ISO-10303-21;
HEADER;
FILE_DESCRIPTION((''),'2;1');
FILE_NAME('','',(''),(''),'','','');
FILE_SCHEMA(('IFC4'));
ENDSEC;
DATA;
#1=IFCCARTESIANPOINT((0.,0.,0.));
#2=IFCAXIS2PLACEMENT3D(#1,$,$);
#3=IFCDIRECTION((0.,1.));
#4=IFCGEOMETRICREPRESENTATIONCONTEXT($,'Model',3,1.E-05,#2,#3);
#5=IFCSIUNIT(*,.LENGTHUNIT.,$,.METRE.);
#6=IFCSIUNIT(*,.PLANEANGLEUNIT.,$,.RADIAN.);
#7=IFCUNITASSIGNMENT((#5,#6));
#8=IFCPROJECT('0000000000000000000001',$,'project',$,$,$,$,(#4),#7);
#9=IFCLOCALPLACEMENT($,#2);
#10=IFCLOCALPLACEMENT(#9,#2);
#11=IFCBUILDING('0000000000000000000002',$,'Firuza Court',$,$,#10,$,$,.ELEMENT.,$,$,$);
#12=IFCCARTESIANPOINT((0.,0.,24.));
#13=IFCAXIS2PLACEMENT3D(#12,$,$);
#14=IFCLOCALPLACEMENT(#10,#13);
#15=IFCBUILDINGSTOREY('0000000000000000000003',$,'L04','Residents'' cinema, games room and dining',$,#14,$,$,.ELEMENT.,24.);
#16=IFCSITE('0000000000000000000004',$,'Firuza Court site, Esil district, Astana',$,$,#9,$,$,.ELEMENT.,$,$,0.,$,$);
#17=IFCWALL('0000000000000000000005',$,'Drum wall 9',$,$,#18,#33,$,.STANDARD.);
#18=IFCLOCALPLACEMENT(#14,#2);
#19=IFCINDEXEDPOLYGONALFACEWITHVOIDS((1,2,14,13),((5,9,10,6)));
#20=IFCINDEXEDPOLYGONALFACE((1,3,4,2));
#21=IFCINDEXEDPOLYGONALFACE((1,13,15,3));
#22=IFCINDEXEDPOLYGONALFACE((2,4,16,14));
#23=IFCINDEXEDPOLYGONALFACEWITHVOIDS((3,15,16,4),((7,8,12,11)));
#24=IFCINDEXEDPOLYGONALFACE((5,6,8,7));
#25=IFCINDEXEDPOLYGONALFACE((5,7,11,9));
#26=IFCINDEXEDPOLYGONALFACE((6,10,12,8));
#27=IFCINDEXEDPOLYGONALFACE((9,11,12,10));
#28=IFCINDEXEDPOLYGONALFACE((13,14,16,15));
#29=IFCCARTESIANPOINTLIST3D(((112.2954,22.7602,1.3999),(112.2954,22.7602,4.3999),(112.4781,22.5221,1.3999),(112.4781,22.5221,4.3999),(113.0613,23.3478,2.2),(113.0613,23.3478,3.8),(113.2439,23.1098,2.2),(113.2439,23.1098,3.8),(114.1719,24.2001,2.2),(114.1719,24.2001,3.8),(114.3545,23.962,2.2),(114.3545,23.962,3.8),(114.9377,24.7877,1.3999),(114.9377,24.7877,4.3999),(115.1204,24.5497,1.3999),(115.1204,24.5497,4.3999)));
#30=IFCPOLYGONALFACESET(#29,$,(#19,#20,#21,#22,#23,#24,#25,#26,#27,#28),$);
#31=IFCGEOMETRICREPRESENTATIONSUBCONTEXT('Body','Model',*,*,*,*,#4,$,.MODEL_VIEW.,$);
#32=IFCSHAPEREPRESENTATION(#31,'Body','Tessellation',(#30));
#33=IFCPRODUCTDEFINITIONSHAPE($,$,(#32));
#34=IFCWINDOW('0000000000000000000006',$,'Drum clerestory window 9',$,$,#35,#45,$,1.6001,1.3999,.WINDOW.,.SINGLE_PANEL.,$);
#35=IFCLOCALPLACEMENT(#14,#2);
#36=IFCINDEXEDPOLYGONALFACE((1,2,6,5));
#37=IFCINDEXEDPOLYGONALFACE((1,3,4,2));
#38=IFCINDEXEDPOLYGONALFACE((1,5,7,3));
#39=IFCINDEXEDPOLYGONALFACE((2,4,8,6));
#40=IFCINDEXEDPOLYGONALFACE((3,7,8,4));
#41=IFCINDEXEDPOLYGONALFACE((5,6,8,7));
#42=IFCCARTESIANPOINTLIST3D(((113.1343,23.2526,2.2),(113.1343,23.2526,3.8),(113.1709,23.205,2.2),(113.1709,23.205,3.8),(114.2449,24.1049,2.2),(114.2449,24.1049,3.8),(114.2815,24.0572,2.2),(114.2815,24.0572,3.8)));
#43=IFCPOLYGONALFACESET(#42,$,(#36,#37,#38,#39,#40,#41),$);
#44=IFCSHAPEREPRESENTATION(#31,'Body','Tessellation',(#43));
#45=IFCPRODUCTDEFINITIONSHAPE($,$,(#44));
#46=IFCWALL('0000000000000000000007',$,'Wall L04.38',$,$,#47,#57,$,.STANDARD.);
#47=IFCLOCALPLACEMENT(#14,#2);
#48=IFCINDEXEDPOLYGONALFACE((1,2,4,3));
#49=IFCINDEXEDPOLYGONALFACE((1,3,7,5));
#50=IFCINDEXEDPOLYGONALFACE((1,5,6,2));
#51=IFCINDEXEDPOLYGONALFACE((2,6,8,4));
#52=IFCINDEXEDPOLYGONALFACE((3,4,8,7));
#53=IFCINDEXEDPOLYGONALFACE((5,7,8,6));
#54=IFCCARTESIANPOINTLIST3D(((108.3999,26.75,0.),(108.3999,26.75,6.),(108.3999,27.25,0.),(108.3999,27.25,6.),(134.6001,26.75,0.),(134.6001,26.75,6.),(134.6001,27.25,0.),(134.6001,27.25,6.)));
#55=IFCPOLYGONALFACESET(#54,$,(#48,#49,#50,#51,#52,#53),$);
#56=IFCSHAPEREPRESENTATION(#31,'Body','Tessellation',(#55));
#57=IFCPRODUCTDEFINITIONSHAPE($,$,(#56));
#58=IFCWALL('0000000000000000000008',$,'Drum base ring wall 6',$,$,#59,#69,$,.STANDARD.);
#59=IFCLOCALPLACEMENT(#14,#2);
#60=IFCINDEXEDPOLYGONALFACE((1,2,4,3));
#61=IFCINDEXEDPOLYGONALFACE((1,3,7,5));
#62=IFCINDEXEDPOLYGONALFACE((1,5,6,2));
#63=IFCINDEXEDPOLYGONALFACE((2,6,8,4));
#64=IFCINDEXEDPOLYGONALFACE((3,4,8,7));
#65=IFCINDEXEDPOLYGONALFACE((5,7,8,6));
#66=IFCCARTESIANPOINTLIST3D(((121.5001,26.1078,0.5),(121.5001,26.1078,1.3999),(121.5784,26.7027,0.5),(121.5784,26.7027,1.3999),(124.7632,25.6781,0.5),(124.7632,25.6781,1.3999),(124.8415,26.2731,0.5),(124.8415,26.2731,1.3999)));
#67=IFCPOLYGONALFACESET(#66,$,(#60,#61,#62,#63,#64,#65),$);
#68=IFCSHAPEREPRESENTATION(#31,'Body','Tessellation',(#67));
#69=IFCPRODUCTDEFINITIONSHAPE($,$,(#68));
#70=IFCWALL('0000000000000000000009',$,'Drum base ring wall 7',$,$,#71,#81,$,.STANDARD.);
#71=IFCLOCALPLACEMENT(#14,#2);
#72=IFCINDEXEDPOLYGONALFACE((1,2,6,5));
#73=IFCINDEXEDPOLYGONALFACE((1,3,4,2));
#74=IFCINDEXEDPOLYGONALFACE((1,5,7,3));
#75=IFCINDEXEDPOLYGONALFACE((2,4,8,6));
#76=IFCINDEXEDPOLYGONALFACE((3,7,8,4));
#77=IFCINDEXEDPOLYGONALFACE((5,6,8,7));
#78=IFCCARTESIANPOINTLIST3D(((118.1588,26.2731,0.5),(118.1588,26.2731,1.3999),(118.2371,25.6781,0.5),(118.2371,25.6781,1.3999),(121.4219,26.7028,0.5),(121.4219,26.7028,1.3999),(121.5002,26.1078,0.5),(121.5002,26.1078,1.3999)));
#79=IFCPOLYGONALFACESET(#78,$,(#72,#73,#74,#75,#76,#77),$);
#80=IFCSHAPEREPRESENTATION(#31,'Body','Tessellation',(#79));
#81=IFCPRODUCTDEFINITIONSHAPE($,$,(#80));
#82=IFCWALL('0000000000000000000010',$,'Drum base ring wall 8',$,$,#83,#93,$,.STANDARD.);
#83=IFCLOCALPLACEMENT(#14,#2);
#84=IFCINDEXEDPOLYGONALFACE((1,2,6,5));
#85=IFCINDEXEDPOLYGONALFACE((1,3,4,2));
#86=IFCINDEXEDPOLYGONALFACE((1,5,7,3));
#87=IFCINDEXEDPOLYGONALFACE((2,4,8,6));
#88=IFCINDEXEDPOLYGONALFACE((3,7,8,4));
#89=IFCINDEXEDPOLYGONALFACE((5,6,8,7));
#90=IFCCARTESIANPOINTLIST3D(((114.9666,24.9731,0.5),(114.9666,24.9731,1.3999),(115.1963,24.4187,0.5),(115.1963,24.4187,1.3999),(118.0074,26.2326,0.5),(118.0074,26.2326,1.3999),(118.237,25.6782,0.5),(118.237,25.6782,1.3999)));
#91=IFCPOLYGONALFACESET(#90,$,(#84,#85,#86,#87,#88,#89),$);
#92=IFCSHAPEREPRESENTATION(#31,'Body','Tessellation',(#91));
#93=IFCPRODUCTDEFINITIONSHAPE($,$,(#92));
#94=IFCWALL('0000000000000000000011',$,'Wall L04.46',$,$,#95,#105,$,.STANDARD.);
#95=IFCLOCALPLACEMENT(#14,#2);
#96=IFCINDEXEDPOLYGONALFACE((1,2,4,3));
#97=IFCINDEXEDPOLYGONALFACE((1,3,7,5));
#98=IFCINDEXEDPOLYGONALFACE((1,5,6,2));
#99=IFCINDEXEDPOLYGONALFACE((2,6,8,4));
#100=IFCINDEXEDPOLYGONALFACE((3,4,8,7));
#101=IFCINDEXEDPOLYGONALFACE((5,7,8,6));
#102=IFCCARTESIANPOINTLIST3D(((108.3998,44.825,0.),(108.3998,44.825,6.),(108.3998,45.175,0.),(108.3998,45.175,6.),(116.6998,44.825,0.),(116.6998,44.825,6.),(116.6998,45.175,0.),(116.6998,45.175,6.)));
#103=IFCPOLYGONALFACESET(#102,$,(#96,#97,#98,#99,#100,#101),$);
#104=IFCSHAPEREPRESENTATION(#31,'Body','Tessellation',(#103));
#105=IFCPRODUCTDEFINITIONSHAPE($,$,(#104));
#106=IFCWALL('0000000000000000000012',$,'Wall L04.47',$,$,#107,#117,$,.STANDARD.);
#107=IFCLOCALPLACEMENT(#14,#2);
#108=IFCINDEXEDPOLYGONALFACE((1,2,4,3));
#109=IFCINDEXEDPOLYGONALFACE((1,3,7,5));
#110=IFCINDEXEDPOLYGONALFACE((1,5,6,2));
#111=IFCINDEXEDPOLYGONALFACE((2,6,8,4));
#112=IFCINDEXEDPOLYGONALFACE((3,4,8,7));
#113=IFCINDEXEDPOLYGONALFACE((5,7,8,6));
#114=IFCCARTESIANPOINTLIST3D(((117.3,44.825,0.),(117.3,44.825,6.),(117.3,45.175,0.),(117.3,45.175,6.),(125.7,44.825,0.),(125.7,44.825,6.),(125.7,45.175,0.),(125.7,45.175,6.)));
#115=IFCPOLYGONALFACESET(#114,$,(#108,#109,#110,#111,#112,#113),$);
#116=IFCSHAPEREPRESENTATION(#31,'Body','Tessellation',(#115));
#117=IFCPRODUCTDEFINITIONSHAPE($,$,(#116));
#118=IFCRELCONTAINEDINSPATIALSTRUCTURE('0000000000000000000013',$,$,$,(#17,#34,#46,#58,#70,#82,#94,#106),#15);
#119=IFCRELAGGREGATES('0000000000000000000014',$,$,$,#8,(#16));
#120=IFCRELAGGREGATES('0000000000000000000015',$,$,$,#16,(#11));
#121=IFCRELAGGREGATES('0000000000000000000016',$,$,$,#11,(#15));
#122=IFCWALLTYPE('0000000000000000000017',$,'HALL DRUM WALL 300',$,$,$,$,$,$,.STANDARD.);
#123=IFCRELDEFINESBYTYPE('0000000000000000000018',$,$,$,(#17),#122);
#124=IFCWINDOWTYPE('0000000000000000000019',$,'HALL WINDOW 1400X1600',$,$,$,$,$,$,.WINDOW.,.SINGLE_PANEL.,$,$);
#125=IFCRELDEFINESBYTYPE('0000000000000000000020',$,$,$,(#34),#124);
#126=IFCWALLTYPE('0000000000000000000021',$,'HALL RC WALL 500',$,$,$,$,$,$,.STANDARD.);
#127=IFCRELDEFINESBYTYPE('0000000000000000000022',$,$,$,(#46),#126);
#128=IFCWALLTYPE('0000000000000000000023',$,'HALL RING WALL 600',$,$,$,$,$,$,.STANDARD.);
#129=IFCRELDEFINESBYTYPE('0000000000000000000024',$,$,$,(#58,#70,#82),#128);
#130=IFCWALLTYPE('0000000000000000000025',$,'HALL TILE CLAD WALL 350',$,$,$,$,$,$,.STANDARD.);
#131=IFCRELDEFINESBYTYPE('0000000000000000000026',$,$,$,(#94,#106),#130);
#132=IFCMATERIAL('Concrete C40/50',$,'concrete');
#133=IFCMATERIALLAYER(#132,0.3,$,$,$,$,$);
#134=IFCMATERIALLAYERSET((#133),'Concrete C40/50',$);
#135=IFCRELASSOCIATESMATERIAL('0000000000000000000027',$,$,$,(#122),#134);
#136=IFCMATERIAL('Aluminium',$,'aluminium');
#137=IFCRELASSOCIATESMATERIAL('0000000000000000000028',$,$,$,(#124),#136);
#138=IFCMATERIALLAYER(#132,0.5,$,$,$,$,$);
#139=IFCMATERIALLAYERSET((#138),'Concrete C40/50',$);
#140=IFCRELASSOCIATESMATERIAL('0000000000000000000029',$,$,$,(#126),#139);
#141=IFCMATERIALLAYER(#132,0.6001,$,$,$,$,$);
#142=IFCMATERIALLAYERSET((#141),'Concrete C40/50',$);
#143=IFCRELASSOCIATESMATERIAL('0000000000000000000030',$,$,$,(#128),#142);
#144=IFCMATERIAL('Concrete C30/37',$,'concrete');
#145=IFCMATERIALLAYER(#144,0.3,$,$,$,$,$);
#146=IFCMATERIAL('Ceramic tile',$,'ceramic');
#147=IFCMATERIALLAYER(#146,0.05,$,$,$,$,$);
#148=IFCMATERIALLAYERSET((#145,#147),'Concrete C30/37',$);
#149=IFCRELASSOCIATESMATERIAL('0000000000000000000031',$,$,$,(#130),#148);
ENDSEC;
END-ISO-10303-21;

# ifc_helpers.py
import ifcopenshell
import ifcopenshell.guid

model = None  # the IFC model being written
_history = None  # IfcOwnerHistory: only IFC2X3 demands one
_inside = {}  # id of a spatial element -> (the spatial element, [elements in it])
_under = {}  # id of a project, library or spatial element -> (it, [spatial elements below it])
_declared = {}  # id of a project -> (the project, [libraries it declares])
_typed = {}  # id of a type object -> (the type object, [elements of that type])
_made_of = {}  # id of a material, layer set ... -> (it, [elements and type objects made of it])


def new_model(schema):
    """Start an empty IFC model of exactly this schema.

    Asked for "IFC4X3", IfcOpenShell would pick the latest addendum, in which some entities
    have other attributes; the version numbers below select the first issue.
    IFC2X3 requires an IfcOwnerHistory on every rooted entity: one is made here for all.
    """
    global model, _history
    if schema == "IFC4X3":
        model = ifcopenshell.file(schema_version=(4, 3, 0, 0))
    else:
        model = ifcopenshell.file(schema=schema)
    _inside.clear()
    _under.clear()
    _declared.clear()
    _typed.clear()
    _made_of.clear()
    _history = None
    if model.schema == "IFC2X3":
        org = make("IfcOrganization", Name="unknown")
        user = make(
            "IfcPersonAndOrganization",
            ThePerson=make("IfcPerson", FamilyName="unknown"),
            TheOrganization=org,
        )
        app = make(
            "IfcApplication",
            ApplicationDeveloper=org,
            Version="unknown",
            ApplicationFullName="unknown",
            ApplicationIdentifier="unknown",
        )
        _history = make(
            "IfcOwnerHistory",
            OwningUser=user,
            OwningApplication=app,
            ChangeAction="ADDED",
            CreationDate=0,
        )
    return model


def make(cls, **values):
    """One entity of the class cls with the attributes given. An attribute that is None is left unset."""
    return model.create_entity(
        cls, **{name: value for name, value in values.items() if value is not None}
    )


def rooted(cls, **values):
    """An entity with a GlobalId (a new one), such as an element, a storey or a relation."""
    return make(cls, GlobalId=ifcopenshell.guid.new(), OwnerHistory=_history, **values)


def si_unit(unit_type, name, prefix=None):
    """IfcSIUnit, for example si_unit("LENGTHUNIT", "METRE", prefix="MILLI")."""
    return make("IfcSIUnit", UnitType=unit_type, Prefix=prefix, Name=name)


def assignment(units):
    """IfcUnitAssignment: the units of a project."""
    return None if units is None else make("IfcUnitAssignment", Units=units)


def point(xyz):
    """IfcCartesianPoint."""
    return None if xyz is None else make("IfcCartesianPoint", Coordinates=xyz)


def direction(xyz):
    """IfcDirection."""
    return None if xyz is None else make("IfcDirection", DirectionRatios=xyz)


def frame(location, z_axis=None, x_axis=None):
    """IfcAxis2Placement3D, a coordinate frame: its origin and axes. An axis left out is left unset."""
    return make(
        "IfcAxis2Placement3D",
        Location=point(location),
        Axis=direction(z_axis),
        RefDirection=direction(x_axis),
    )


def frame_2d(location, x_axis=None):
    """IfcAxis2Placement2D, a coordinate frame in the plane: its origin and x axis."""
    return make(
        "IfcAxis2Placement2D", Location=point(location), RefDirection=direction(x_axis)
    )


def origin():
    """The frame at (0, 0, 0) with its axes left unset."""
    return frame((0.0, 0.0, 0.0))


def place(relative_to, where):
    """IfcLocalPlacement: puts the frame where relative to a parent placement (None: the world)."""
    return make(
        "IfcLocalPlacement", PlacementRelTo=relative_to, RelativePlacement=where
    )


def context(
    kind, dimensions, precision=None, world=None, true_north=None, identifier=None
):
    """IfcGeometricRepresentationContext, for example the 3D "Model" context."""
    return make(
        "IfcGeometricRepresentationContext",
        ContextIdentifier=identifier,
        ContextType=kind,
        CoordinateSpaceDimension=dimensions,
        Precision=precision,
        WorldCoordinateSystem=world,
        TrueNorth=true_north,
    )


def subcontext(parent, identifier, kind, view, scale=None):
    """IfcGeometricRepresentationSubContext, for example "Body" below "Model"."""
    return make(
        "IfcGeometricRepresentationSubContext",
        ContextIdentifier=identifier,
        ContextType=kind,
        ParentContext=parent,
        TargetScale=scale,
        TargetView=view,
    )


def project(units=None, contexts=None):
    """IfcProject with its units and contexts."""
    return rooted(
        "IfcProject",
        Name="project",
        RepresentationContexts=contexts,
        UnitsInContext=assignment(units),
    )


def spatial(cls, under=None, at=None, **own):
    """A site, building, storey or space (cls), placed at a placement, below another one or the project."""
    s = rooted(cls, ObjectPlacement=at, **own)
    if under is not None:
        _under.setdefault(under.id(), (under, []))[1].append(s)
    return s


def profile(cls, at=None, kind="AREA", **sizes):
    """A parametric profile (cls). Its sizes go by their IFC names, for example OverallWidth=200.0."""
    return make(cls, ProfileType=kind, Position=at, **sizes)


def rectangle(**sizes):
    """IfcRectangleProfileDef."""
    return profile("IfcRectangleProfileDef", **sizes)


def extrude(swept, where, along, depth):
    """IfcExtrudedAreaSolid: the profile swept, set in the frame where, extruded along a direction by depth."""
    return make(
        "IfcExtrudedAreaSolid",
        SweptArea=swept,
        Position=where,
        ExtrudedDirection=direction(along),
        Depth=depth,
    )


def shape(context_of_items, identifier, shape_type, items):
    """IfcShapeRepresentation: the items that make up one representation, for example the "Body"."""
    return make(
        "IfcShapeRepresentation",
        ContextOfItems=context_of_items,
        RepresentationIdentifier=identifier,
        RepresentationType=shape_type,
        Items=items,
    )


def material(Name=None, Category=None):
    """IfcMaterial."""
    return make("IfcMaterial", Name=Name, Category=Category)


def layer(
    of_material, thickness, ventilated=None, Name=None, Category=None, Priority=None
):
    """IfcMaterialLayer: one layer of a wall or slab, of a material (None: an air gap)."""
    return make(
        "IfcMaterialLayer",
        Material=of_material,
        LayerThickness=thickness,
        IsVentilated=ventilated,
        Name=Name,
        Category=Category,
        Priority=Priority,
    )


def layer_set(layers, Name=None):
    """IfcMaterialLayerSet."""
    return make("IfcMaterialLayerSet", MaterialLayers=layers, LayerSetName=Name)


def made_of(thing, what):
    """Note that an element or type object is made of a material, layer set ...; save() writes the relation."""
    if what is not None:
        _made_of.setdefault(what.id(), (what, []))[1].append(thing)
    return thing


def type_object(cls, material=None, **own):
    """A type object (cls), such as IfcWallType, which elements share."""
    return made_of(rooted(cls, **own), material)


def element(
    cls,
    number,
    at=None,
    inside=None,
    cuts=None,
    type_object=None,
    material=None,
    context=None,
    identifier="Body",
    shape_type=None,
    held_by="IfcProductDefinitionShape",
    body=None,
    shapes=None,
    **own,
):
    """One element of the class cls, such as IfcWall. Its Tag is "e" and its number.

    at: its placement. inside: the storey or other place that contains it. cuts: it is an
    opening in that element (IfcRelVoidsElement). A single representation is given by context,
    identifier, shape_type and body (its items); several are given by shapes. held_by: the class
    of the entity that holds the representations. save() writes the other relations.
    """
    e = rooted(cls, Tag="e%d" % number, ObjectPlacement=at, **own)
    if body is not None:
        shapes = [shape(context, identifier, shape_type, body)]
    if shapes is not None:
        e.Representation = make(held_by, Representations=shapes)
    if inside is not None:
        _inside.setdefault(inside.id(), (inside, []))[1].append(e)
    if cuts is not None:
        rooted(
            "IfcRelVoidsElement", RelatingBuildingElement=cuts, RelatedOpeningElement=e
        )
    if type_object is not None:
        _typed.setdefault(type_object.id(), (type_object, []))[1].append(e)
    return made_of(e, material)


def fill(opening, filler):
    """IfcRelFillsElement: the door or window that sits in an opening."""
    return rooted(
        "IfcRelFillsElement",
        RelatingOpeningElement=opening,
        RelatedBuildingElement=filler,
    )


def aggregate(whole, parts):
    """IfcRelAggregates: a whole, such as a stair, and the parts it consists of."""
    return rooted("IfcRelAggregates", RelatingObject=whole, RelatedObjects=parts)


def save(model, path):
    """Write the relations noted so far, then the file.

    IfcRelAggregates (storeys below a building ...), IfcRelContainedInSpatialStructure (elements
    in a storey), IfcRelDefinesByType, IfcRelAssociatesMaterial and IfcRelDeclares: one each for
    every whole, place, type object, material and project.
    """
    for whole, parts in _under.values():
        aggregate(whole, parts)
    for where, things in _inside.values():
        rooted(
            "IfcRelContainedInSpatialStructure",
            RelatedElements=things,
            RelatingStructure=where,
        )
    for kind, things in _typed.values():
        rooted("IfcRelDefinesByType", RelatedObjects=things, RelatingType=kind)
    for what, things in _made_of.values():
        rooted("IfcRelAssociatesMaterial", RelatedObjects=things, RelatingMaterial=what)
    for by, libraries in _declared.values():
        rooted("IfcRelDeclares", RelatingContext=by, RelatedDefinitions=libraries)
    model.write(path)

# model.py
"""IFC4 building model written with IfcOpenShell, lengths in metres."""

from ifc_helpers import new_model, si_unit, direction, frame, frame_2d, origin, place, context, subcontext, project, spatial, rectangle, extrude, material, layer, layer_set, type_object, element, fill, save


model = new_model("IFC4")

# Units and contexts
model_context = context("Model", 3, precision=1e-05, world=origin(), true_north=direction((0.0, 1.0)))
body_context = subcontext(model_context, "Body", "Model", "MODEL_VIEW")
ifc_project = project(units=[si_unit("LENGTHUNIT", "METRE"), si_unit("PLANEANGLEUNIT", "RADIAN")], contexts=[model_context])

# Site, building, storey
site_placement = place(None, origin())
site = spatial("IfcSite", under=ifc_project, at=site_placement, Name="Firuza Court site, Esil district, Astana", CompositionType="ELEMENT", RefElevation=0.0)
building_placement = place(site_placement, origin())
building = spatial("IfcBuilding", under=site, at=building_placement, Name="Firuza Court", CompositionType="ELEMENT")
storey_placement = place(building_placement, frame((0.0, 0.0, 24.0)))
storey = spatial("IfcBuildingStorey", under=building, at=storey_placement, Name="L04", Description="Residents' cinema, games room and dining", CompositionType="ELEMENT", Elevation=24.0)

# Wall, opening, window
ifc_material_1 = material(Name="Concrete C40/50", Category="concrete")
ifc_layer_1 = layer(ifc_material_1, 0.3)
ifc_layer_set_1 = layer_set([ifc_layer_1], Name="Concrete C40/50")
wall_type_1 = type_object("IfcWallType", Name="HALL DRUM WALL 300", PredefinedType="STANDARD", material=ifc_layer_set_1)
ifc_material_2 = material(Name="Aluminium", Category="aluminium")
window_type = type_object("IfcWindowType", Name="HALL WINDOW 1400X1600", PartitioningType="SINGLE_PANEL", PredefinedType="WINDOW", material=ifc_material_2)
wall_1_placement = place(storey_placement, frame((115.0291, 24.6687, 1.3999), z_axis=(0.0, 0.0, 1.0), x_axis=(-0.793346, -0.608772, 0.0)))
wall_1 = element("IfcWall", 1, at=wall_1_placement, inside=storey, type_object=wall_type_1, Name="Drum wall 9", PredefinedType="STANDARD", context=body_context, shape_type="SweptSolid", body=[
    extrude(rectangle(XDim=3.3306, YDim=0.3, at=frame_2d((1.6653, 0.0))), origin(), (0.0, 0.0, 1.0), 3.0),
])
opening_1_placement = place(wall_1_placement, frame((0.9653, 0.0, 0.8)))
opening_1 = element("IfcOpeningElement", 2, at=opening_1_placement, cuts=wall_1, PredefinedType="OPENING", context=body_context, shape_type="SweptSolid", body=[
    extrude(rectangle(XDim=1.3999, YDim=1.6001, at=frame_2d((0.7, 0.8))), frame((0.0, 0.1621, 0.0), z_axis=(0.0, -1.0, 0.0), x_axis=(1.0, 0.0, 0.0)), (0.0, 0.0, 1.0), 0.324),
])
window_1_placement = place(opening_1_placement, origin())
window_1 = element("IfcWindow", 3, at=window_1_placement, inside=storey, type_object=window_type, Name="Drum clerestory window 9", OverallHeight=1.6001, OverallWidth=1.3999, PartitioningType="SINGLE_PANEL", PredefinedType="WINDOW", context=body_context, shape_type="SweptSolid", body=[
    extrude(rectangle(XDim=1.3999, YDim=1.6001, at=frame_2d((0.7, 0.8))), frame((0.0, 0.03, 0.0), z_axis=(0.0, -1.0, 0.0), x_axis=(1.0, 0.0, 0.0)), (0.0, 0.0, 1.0), 0.0601),
])
fill(opening_1, window_1)

# Walls
ifc_layer_2 = layer(ifc_material_1, 0.5)
ifc_layer_set_2 = layer_set([ifc_layer_2], Name="Concrete C40/50")
wall_type_2 = type_object("IfcWallType", Name="HALL RC WALL 500", PredefinedType="STANDARD", material=ifc_layer_set_2)
wall_2_placement = place(storey_placement, frame((108.3999, 27.0, 0.0), z_axis=(0.0, 0.0, 1.0), x_axis=(1.0, 0.0, 0.0)))
element("IfcWall", 4, at=wall_2_placement, inside=storey, type_object=wall_type_2, Name="Wall L04.38", PredefinedType="STANDARD", context=body_context, shape_type="SweptSolid", body=[
    extrude(rectangle(XDim=26.2002, YDim=0.5, at=frame_2d((13.1001, 0.0))), origin(), (0.0, 0.0, 1.0), 6.0),
])
ifc_layer_3 = layer(ifc_material_1, 0.6001)
ifc_layer_set_3 = layer_set([ifc_layer_3], Name="Concrete C40/50")
wall_type_3 = type_object("IfcWallType", Name="HALL RING WALL 600", PredefinedType="STANDARD", material=ifc_layer_set_3)
for number, where, z_axis, x_axis, name in (
    (5, (124.8022, 25.9756, 0.5), (0.0, 0.0, 1.0), (-0.991442, 0.13055, 0.0), "Drum base ring wall 6"),
    (6, (121.4609, 26.4053, 0.5), (0.0, 0.0, 1.0), (-0.991442, -0.13055, 0.0), "Drum base ring wall 7"),
    (7, (118.1221, 25.9553, 0.5), (0.0, 0.0, 1.0), (-0.92388, -0.382682, 0.0), "Drum base ring wall 8"),
):
    element("IfcWall", number, at=place(storey_placement, frame(where, z_axis=z_axis, x_axis=x_axis)), inside=storey, type_object=wall_type_3, Name=name, PredefinedType="STANDARD", context=body_context, shape_type="SweptSolid", body=[
        extrude(rectangle(XDim=3.2913, YDim=0.6001, at=frame_2d((1.6455, 0.0))), origin(), (0.0, 0.0, 1.0), 0.8999),
    ])
ifc_material_3 = material(Name="Concrete C30/37", Category="concrete")
ifc_layer_4 = layer(ifc_material_3, 0.3)
ifc_material_4 = material(Name="Ceramic tile", Category="ceramic")
ifc_layer_5 = layer(ifc_material_4, 0.05)
ifc_layer_set_4 = layer_set([ifc_layer_4, ifc_layer_5], Name="Concrete C30/37")
wall_type_4 = type_object("IfcWallType", Name="HALL TILE CLAD WALL 350", PredefinedType="STANDARD", material=ifc_layer_set_4)
wall_3_placement = place(storey_placement, frame((108.3999, 45.0, 0.0), z_axis=(0.0, 0.0, 1.0), x_axis=(1.0, 0.0, 0.0)))
element("IfcWall", 8, at=wall_3_placement, inside=storey, type_object=wall_type_4, Name="Wall L04.46", PredefinedType="STANDARD", context=body_context, shape_type="SweptSolid", body=[
    extrude(rectangle(XDim=8.3, YDim=0.3501, at=frame_2d((4.1499, 0.0))), origin(), (0.0, 0.0, 1.0), 6.0),
])
wall_4_placement = place(storey_placement, frame((117.3, 45.0, 0.0), z_axis=(0.0, 0.0, 1.0), x_axis=(1.0, 0.0, 0.0)))
element("IfcWall", 9, at=wall_4_placement, inside=storey, type_object=wall_type_4, Name="Wall L04.47", PredefinedType="STANDARD", context=body_context, shape_type="SweptSolid", body=[
    extrude(rectangle(XDim=8.3999, YDim=0.3501, at=frame_2d((4.2, 0.0))), origin(), (0.0, 0.0, 1.0), 6.0),
])

save(model, "model.ifc")
